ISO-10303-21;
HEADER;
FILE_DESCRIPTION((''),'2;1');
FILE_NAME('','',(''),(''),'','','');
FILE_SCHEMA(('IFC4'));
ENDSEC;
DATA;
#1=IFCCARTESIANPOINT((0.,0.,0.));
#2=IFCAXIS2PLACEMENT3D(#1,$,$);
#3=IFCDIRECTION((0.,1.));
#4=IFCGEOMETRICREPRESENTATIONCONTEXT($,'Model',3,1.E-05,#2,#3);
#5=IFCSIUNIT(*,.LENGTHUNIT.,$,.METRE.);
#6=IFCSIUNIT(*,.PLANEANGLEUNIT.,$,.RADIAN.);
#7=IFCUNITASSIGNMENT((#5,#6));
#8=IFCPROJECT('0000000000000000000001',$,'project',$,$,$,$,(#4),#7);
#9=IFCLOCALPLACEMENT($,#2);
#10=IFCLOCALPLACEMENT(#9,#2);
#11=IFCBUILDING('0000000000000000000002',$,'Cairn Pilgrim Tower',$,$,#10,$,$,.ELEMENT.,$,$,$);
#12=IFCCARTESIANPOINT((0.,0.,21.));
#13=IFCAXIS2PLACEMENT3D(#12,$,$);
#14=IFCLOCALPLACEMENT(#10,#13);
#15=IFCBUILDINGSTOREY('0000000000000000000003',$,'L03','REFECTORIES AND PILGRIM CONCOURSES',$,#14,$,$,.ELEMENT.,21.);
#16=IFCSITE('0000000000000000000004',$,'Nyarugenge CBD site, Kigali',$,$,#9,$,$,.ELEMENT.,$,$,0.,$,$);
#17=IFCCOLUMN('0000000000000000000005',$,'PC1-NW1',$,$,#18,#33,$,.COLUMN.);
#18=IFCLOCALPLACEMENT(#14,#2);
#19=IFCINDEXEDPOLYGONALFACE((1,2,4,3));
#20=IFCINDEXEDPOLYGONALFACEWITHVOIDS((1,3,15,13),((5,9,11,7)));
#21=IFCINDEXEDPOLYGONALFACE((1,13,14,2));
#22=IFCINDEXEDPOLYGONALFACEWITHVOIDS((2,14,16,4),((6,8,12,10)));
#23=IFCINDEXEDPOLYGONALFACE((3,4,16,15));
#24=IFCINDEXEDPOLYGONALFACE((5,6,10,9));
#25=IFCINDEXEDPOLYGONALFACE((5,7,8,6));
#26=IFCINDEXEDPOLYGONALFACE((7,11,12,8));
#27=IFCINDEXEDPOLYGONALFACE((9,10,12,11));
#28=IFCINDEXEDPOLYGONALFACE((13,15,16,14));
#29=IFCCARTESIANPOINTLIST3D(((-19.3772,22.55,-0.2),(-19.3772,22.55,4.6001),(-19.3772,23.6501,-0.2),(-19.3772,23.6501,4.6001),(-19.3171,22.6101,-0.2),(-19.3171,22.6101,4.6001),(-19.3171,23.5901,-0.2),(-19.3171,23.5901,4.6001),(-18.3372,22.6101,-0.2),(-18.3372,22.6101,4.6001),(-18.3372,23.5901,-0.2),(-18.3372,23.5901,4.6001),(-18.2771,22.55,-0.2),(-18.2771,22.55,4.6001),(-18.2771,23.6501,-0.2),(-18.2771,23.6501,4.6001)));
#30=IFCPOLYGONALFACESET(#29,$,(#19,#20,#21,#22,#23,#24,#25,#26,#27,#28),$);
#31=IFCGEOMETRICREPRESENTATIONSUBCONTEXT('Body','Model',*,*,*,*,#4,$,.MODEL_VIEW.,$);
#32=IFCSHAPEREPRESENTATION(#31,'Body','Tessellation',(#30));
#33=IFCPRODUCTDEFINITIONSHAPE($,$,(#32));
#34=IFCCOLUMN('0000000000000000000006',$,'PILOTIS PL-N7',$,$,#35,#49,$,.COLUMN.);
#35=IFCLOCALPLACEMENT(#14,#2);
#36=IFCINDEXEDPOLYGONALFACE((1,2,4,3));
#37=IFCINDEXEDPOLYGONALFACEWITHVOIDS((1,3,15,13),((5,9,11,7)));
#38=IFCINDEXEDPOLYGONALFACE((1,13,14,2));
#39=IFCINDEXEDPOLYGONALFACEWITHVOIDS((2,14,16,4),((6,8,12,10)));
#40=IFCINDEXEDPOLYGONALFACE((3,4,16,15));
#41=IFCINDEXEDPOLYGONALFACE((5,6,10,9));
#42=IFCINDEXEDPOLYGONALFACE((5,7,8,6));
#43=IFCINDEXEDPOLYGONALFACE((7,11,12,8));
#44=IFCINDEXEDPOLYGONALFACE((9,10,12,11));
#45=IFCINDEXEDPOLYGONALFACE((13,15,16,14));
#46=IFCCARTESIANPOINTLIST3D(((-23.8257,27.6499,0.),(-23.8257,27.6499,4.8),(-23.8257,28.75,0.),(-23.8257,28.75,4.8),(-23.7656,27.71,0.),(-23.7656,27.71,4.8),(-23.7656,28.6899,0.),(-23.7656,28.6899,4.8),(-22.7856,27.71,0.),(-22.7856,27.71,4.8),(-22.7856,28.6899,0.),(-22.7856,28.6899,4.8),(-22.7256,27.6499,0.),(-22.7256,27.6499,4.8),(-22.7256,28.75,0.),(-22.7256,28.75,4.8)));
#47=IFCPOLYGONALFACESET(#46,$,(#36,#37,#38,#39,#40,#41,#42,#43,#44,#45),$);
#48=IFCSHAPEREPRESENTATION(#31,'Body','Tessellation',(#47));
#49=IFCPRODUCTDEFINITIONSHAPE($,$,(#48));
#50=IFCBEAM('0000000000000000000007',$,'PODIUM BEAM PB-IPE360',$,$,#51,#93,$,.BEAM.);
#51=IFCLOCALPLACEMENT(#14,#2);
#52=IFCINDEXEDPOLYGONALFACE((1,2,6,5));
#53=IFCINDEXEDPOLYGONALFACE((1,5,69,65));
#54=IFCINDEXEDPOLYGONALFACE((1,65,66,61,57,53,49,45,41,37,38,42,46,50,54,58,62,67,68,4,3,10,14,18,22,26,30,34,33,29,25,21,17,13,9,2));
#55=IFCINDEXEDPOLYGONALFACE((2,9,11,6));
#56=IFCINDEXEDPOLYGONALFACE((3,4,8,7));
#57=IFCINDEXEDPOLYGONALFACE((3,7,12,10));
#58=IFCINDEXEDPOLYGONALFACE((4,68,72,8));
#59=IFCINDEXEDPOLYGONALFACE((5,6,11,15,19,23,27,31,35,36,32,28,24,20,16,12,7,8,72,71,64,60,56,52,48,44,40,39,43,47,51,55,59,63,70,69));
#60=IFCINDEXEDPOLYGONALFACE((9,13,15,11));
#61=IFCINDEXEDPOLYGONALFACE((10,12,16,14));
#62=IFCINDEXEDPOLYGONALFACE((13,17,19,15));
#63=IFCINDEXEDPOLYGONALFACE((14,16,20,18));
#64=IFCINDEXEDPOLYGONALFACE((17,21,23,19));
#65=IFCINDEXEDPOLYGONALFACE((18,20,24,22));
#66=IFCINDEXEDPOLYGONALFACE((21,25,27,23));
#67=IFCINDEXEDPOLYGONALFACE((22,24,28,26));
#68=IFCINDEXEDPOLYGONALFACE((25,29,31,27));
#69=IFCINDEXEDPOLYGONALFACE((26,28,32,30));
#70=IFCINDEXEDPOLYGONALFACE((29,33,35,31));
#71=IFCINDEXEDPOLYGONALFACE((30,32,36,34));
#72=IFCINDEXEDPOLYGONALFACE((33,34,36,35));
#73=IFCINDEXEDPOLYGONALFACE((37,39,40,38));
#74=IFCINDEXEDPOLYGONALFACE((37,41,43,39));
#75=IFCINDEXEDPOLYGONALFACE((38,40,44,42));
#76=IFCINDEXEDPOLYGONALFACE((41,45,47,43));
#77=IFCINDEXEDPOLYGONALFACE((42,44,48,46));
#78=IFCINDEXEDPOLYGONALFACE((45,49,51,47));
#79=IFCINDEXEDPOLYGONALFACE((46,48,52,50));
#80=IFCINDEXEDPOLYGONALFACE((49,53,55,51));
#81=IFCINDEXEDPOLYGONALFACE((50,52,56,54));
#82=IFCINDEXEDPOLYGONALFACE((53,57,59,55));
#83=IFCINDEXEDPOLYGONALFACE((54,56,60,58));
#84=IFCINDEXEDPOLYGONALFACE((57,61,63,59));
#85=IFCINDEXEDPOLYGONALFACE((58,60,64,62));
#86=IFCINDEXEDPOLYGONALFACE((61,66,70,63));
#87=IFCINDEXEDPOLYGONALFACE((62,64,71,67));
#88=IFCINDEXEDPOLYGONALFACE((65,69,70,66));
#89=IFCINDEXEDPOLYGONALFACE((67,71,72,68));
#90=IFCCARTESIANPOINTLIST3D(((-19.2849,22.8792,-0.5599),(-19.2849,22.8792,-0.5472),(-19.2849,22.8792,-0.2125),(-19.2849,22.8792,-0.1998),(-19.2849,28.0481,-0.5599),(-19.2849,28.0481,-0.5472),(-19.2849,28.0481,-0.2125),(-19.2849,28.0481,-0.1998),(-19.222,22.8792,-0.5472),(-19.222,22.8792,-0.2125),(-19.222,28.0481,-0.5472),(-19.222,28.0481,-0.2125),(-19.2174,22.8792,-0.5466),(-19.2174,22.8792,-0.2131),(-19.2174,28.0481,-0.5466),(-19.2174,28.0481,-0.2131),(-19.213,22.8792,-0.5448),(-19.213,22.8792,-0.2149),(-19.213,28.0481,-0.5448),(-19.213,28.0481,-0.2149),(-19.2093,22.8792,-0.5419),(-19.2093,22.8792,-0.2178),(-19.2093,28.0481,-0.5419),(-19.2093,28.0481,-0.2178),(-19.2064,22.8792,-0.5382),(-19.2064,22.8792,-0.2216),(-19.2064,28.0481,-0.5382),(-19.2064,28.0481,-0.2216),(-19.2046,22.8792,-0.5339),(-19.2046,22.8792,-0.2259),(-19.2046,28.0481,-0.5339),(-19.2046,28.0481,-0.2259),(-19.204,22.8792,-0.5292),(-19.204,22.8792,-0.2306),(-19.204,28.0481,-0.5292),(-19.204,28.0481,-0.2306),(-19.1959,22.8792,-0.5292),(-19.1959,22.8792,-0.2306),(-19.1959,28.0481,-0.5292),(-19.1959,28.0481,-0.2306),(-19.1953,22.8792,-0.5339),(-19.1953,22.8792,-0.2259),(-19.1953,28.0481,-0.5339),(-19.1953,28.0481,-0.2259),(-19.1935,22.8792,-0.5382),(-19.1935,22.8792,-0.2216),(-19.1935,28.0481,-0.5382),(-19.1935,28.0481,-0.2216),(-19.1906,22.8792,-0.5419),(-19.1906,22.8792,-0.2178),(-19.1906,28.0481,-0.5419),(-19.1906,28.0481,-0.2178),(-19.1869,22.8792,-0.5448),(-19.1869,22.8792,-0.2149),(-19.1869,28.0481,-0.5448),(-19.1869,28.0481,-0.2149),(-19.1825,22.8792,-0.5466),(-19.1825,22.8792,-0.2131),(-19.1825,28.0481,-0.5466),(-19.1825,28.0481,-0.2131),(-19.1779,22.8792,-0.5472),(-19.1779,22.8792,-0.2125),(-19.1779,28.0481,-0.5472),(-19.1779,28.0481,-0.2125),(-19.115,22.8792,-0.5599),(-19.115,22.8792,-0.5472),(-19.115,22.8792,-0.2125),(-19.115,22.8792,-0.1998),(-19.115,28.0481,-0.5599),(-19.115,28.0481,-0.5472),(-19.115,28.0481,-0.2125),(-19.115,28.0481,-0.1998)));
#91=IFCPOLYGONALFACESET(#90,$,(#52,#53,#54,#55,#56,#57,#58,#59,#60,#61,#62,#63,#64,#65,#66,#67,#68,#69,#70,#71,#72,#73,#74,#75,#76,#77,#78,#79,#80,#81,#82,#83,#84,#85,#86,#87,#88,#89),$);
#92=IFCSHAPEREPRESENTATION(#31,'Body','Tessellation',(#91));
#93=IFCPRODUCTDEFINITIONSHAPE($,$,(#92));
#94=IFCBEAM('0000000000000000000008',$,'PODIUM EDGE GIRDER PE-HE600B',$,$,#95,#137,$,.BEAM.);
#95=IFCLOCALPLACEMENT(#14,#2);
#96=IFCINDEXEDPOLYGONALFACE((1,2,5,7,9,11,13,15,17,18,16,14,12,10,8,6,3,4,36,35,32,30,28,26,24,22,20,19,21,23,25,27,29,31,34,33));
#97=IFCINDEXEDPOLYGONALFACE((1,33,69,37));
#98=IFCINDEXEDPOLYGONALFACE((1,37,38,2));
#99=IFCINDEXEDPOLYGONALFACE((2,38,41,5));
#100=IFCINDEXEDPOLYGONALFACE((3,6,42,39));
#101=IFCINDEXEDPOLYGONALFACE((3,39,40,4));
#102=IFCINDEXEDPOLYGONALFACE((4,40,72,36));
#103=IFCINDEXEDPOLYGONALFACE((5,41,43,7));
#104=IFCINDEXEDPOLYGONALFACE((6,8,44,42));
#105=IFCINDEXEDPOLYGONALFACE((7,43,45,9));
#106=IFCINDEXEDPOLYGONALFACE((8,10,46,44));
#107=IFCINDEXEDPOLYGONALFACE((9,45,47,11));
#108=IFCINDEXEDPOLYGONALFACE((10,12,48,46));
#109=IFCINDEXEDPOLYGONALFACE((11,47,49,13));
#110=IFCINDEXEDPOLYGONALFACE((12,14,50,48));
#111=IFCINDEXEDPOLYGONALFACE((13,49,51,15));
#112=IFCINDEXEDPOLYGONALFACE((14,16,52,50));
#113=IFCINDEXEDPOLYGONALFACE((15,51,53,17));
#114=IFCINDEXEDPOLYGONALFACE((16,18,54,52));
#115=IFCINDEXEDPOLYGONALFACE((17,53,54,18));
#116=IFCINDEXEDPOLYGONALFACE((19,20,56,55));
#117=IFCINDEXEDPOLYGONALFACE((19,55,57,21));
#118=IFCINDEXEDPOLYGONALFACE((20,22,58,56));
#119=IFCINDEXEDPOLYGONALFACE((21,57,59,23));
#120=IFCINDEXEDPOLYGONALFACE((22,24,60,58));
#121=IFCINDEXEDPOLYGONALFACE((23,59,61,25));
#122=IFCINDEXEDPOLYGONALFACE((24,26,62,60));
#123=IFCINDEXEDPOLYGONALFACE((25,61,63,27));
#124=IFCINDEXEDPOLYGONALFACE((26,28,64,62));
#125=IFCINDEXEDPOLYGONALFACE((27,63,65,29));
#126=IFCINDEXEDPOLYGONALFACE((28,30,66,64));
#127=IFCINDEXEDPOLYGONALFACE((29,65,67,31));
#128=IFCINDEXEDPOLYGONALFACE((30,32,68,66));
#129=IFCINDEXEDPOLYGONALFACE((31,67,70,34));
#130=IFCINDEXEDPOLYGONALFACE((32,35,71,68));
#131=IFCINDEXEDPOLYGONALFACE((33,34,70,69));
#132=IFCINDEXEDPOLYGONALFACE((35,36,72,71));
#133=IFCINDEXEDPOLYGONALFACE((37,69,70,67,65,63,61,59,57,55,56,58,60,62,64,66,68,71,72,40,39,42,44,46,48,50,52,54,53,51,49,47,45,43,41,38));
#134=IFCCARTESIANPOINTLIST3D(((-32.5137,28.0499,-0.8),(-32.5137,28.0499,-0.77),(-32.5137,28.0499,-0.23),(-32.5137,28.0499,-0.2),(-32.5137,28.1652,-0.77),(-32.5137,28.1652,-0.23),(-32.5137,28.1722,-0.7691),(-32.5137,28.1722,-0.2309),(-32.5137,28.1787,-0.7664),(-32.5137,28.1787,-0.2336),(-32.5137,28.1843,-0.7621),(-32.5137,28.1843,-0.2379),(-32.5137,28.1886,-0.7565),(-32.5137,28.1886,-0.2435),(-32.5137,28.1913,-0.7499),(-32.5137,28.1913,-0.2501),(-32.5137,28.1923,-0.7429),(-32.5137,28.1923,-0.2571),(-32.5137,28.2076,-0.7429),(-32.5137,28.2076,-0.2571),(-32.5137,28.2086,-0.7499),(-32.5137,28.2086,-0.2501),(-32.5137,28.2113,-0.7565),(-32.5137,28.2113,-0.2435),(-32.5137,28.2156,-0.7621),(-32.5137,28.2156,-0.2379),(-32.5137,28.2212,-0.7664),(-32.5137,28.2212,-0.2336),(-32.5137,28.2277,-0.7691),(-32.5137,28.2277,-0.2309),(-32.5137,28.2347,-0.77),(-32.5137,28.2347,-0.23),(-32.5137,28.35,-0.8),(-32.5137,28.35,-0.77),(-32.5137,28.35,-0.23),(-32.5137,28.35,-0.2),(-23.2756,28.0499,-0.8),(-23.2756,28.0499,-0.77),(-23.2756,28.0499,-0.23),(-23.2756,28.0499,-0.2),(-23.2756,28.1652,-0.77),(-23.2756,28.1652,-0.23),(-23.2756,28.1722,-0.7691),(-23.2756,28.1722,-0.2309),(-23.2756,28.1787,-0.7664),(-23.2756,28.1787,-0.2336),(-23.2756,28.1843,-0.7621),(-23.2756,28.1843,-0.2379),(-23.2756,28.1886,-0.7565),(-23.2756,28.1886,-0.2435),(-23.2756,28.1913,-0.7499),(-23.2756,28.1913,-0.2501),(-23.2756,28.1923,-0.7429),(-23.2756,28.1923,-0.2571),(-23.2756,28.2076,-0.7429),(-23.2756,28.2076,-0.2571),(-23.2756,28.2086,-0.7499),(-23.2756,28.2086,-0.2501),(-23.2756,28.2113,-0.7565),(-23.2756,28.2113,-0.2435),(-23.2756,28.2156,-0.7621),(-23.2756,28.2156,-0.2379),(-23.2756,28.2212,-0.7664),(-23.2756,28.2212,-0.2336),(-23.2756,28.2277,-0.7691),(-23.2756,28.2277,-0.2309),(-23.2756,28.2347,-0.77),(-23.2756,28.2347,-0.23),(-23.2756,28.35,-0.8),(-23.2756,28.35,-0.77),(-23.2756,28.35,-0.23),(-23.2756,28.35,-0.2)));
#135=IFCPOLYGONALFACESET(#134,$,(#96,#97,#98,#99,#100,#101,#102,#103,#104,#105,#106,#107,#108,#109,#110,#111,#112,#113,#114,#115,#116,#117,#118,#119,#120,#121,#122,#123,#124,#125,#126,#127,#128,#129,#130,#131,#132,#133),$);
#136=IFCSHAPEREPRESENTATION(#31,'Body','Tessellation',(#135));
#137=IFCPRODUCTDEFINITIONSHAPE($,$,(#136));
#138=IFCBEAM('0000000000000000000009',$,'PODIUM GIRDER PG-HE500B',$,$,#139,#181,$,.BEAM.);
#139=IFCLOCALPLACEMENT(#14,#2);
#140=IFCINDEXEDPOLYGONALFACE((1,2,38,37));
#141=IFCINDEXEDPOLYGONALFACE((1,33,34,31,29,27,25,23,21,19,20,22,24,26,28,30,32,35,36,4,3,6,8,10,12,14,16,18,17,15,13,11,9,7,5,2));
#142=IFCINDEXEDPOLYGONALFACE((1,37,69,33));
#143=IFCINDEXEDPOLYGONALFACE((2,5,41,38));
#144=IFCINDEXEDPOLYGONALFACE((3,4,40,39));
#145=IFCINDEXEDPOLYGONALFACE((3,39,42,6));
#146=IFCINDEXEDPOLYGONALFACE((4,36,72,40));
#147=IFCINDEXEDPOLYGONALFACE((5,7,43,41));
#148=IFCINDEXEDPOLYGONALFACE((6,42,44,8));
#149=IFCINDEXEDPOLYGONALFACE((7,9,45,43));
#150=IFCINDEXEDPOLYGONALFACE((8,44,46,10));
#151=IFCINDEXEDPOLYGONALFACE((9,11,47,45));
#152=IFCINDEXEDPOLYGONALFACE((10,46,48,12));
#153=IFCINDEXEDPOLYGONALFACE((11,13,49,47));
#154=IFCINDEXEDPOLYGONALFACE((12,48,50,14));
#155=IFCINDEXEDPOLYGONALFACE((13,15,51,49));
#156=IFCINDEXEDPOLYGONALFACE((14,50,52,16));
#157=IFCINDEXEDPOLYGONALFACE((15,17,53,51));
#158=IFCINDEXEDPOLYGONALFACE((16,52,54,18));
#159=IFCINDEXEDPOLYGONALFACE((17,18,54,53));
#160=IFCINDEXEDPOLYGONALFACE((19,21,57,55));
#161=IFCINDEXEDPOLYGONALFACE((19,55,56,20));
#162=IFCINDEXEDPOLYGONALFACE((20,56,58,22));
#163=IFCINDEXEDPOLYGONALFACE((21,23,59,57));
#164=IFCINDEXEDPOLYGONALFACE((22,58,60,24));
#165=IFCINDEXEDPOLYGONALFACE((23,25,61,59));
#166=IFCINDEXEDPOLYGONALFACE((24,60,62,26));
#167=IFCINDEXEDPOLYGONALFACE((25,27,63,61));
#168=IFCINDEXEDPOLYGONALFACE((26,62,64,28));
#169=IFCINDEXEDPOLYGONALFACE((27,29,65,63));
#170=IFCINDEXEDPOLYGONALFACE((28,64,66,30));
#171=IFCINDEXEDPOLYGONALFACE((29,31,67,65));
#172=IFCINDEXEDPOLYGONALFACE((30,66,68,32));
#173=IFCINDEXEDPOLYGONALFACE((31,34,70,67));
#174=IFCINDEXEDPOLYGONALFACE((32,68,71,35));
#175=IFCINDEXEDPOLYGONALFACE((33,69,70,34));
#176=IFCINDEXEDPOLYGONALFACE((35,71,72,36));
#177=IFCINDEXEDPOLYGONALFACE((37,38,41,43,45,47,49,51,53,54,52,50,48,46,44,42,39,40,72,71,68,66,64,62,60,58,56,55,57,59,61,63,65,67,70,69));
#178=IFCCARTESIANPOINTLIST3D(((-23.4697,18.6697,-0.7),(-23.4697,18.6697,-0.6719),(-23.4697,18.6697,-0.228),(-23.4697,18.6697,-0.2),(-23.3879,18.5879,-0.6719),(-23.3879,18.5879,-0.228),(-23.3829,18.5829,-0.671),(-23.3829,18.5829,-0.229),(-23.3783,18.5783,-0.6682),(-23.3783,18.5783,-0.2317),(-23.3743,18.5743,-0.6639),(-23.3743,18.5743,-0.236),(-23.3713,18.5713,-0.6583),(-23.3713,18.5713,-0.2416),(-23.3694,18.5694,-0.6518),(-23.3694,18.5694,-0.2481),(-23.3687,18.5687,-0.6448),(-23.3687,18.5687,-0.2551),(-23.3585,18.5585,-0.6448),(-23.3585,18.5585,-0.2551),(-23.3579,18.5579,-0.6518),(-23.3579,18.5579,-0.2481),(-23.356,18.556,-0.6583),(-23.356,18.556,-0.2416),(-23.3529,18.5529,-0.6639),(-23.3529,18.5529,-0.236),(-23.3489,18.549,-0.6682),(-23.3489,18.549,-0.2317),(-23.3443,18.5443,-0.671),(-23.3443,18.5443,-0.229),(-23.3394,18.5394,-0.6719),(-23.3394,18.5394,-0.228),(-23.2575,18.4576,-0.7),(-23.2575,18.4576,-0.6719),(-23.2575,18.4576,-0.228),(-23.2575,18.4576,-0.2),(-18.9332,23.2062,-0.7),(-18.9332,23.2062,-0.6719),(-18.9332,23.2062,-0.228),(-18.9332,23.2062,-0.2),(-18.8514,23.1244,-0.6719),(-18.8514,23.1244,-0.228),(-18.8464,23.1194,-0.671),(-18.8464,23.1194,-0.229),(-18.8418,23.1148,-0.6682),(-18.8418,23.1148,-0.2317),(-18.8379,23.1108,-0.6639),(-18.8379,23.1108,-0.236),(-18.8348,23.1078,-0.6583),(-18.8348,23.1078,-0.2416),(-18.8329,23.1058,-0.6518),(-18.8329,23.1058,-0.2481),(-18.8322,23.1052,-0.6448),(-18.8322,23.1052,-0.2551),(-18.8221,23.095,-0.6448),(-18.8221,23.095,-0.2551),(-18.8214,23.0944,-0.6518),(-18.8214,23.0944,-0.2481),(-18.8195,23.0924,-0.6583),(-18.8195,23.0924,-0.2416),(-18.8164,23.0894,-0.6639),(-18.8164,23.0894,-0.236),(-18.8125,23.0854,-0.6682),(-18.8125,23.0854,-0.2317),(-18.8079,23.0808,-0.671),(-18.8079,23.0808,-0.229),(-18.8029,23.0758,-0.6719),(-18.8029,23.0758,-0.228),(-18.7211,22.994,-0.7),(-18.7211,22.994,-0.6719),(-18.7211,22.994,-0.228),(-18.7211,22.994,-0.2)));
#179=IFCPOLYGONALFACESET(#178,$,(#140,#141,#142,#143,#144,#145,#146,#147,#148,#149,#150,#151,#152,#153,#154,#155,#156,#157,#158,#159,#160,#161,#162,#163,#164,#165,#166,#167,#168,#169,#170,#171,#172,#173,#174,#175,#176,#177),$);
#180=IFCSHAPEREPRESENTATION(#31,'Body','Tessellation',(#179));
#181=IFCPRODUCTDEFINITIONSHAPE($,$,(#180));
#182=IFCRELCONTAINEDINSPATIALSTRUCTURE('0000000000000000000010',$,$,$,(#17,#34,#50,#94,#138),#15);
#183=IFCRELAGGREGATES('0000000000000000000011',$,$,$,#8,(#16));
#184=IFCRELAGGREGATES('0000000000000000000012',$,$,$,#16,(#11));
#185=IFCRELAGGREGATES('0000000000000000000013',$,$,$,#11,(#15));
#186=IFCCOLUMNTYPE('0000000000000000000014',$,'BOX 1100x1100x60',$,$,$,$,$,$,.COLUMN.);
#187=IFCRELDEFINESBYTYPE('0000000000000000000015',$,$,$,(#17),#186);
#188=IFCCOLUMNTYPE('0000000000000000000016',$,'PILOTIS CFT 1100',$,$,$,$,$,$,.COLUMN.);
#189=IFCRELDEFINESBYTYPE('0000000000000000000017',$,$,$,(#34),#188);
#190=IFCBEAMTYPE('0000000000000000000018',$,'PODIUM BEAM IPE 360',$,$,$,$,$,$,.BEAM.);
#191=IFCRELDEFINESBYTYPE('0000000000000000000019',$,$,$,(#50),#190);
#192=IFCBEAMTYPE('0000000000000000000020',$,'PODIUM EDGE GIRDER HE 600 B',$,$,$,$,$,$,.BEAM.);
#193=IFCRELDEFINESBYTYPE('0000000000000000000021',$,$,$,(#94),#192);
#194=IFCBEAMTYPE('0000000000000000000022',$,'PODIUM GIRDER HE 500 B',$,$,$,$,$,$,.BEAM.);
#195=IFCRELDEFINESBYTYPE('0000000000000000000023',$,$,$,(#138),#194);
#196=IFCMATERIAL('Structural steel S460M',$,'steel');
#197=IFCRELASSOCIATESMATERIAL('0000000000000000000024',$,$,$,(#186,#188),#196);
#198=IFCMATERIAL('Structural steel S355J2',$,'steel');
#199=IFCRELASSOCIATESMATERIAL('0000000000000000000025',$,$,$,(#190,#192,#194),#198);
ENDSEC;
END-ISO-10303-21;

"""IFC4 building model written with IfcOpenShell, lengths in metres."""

from ifc_helpers import new_model, si_unit, direction, frame, origin, origin_2d, place, context, subcontext, project, spatial, hollow_rectangle, i_section, extrude, material, material_profile, profile_set, type_object, element, save


model = new_model("IFC4")

# Units and contexts
model_context = context("Model", 3, precision=1e-05, world=origin(), true_north=direction((0.0, 1.0)))
body_context = subcontext(model_context, "Body", "Model", "MODEL_VIEW")
ifc_project = project(units=[si_unit("LENGTHUNIT", "METRE"), si_unit("PLANEANGLEUNIT", "RADIAN")], contexts=[model_context])

# Site, building, storey
site_placement = place(None, origin())
site = spatial("IfcSite", under=ifc_project, at=site_placement, Name="Nyarugenge CBD site, Kigali", CompositionType="ELEMENT", RefElevation=0.0)
building_placement = place(site_placement, origin())
building = spatial("IfcBuilding", under=site, at=building_placement, Name="Cairn Pilgrim Tower", CompositionType="ELEMENT")
storey_placement = place(building_placement, frame((0.0, 0.0, 21.0)))
storey = spatial("IfcBuildingStorey", under=building, at=storey_placement, Name="L03", Description="REFECTORIES AND PILGRIM CONCOURSES", CompositionType="ELEMENT", Elevation=21.0)

# Columns
ifc_material_1 = material(Name="Structural steel S460M", Category="steel")
ifc_material_profile_1 = material_profile(ifc_material_1, hollow_rectangle(XDim=1.1001, YDim=1.1001, WallThickness=0.0601, at=origin_2d()), Name="BOX 1100x1100x60")
ifc_profile_set_1 = profile_set([ifc_material_profile_1], Name="Structural steel S460M")
column_type_1 = type_object("IfcColumnType", Name="BOX 1100x1100x60", PredefinedType="COLUMN", material=ifc_profile_set_1)
column_1_placement = place(storey_placement, frame((-18.8271, 23.1001, -0.2), z_axis=(0.0, 0.0, 1.0), x_axis=(1.0, 0.0, 0.0)))
element("IfcColumn", 1, at=column_1_placement, inside=storey, type_object=column_type_1, Name="PC1-NW1", PredefinedType="COLUMN", context=body_context, shape_type="SweptSolid", body=[
    extrude(hollow_rectangle(XDim=1.1001, YDim=1.1001, WallThickness=0.0601, at=origin_2d()), origin(), (0.0, 0.0, 1.0), 4.8),
])
ifc_material_profile_2 = material_profile(ifc_material_1, hollow_rectangle(XDim=1.1001, YDim=1.1001, WallThickness=0.0601, at=origin_2d()), Name="BOX 1100x1100x60")
ifc_profile_set_2 = profile_set([ifc_material_profile_2], Name="Structural steel S460M")
column_type_2 = type_object("IfcColumnType", Name="PILOTIS CFT 1100", PredefinedType="COLUMN", material=ifc_profile_set_2)
column_2_placement = place(storey_placement, frame((-23.2756, 28.2, 0.0), z_axis=(0.0, 0.0, 1.0), x_axis=(1.0, 0.0, 0.0)))
element("IfcColumn", 2, at=column_2_placement, inside=storey, type_object=column_type_2, Name="PILOTIS PL-N7", PredefinedType="COLUMN", context=body_context, shape_type="SweptSolid", body=[
    extrude(hollow_rectangle(XDim=1.1001, YDim=1.1001, WallThickness=0.0601, at=origin_2d()), origin(), (0.0, 0.0, 1.0), 4.8),
])

# Beams
ifc_material_2 = material(Name="Structural steel S355J2", Category="steel")
ifc_material_profile_3 = material_profile(ifc_material_2, i_section(OverallWidth=0.1699, OverallDepth=0.3601, WebThickness=0.0081, FlangeThickness=0.0127, FilletRadius=0.0181, at=origin_2d()), Name="IPE 360")
ifc_profile_set_3 = profile_set([ifc_material_profile_3], Name="Structural steel S355J2")
beam_type_1 = type_object("IfcBeamType", Name="PODIUM BEAM IPE 360", PredefinedType="BEAM", material=ifc_profile_set_3)
beam_1_placement = place(storey_placement, frame((-19.2, 22.8792, -0.3799), z_axis=(0.0, 1.0, 0.0), x_axis=(-1.0, 0.0, 0.0)))
element("IfcBeam", 3, at=beam_1_placement, inside=storey, type_object=beam_type_1, Name="PODIUM BEAM PB-IPE360", PredefinedType="BEAM", context=body_context, shape_type="SweptSolid", body=[
    extrude(i_section(OverallWidth=0.1699, OverallDepth=0.3601, WebThickness=0.0081, FlangeThickness=0.0127, FilletRadius=0.0181, at=origin_2d()), origin(), (0.0, 0.0, 1.0), 5.1689),
])
ifc_material_profile_4 = material_profile(ifc_material_2, i_section(OverallWidth=0.3, OverallDepth=0.6001, WebThickness=0.0154, FlangeThickness=0.03, FilletRadius=0.0271, at=origin_2d()), Name="HEB 600")
ifc_profile_set_4 = profile_set([ifc_material_profile_4], Name="Structural steel S355J2")
beam_type_2 = type_object("IfcBeamType", Name="PODIUM EDGE GIRDER HE 600 B", PredefinedType="BEAM", material=ifc_profile_set_4)
beam_2_placement = place(storey_placement, frame((-23.2756, 28.2, -0.5), z_axis=(-1.0, 0.0, 0.0), x_axis=(0.0, -1.0, 0.0)))
element("IfcBeam", 4, at=beam_2_placement, inside=storey, type_object=beam_type_2, Name="PODIUM EDGE GIRDER PE-HE600B", PredefinedType="BEAM", context=body_context, shape_type="SweptSolid", body=[
    extrude(i_section(OverallWidth=0.3, OverallDepth=0.6001, WebThickness=0.0154, FlangeThickness=0.03, FilletRadius=0.0271, at=origin_2d()), origin(), (0.0, 0.0, 1.0), 9.238),
])
ifc_material_profile_5 = material_profile(ifc_material_2, i_section(OverallWidth=0.3, OverallDepth=0.5, WebThickness=0.0144, FlangeThickness=0.0281, FilletRadius=0.0271, at=origin_2d()), Name="HEB 500")
ifc_profile_set_5 = profile_set([ifc_material_profile_5], Name="Structural steel S355J2")
beam_type_3 = type_object("IfcBeamType", Name="PODIUM GIRDER HE 500 B", PredefinedType="BEAM", material=ifc_profile_set_5)
beam_3_placement = place(storey_placement, frame((-18.8271, 23.1001, -0.45), z_axis=(-0.707107, -0.707107, 0.0), x_axis=(0.707107, -0.707107, 0.0)))
element("IfcBeam", 5, at=beam_3_placement, inside=storey, type_object=beam_type_3, Name="PODIUM GIRDER PG-HE500B", PredefinedType="BEAM", context=body_context, shape_type="SweptSolid", body=[
    extrude(i_section(OverallWidth=0.3, OverallDepth=0.5, WebThickness=0.0144, FlangeThickness=0.0281, FilletRadius=0.0271, at=origin_2d()), origin(), (0.0, 0.0, 1.0), 6.4155),
])

save(model, "model.ifc")
